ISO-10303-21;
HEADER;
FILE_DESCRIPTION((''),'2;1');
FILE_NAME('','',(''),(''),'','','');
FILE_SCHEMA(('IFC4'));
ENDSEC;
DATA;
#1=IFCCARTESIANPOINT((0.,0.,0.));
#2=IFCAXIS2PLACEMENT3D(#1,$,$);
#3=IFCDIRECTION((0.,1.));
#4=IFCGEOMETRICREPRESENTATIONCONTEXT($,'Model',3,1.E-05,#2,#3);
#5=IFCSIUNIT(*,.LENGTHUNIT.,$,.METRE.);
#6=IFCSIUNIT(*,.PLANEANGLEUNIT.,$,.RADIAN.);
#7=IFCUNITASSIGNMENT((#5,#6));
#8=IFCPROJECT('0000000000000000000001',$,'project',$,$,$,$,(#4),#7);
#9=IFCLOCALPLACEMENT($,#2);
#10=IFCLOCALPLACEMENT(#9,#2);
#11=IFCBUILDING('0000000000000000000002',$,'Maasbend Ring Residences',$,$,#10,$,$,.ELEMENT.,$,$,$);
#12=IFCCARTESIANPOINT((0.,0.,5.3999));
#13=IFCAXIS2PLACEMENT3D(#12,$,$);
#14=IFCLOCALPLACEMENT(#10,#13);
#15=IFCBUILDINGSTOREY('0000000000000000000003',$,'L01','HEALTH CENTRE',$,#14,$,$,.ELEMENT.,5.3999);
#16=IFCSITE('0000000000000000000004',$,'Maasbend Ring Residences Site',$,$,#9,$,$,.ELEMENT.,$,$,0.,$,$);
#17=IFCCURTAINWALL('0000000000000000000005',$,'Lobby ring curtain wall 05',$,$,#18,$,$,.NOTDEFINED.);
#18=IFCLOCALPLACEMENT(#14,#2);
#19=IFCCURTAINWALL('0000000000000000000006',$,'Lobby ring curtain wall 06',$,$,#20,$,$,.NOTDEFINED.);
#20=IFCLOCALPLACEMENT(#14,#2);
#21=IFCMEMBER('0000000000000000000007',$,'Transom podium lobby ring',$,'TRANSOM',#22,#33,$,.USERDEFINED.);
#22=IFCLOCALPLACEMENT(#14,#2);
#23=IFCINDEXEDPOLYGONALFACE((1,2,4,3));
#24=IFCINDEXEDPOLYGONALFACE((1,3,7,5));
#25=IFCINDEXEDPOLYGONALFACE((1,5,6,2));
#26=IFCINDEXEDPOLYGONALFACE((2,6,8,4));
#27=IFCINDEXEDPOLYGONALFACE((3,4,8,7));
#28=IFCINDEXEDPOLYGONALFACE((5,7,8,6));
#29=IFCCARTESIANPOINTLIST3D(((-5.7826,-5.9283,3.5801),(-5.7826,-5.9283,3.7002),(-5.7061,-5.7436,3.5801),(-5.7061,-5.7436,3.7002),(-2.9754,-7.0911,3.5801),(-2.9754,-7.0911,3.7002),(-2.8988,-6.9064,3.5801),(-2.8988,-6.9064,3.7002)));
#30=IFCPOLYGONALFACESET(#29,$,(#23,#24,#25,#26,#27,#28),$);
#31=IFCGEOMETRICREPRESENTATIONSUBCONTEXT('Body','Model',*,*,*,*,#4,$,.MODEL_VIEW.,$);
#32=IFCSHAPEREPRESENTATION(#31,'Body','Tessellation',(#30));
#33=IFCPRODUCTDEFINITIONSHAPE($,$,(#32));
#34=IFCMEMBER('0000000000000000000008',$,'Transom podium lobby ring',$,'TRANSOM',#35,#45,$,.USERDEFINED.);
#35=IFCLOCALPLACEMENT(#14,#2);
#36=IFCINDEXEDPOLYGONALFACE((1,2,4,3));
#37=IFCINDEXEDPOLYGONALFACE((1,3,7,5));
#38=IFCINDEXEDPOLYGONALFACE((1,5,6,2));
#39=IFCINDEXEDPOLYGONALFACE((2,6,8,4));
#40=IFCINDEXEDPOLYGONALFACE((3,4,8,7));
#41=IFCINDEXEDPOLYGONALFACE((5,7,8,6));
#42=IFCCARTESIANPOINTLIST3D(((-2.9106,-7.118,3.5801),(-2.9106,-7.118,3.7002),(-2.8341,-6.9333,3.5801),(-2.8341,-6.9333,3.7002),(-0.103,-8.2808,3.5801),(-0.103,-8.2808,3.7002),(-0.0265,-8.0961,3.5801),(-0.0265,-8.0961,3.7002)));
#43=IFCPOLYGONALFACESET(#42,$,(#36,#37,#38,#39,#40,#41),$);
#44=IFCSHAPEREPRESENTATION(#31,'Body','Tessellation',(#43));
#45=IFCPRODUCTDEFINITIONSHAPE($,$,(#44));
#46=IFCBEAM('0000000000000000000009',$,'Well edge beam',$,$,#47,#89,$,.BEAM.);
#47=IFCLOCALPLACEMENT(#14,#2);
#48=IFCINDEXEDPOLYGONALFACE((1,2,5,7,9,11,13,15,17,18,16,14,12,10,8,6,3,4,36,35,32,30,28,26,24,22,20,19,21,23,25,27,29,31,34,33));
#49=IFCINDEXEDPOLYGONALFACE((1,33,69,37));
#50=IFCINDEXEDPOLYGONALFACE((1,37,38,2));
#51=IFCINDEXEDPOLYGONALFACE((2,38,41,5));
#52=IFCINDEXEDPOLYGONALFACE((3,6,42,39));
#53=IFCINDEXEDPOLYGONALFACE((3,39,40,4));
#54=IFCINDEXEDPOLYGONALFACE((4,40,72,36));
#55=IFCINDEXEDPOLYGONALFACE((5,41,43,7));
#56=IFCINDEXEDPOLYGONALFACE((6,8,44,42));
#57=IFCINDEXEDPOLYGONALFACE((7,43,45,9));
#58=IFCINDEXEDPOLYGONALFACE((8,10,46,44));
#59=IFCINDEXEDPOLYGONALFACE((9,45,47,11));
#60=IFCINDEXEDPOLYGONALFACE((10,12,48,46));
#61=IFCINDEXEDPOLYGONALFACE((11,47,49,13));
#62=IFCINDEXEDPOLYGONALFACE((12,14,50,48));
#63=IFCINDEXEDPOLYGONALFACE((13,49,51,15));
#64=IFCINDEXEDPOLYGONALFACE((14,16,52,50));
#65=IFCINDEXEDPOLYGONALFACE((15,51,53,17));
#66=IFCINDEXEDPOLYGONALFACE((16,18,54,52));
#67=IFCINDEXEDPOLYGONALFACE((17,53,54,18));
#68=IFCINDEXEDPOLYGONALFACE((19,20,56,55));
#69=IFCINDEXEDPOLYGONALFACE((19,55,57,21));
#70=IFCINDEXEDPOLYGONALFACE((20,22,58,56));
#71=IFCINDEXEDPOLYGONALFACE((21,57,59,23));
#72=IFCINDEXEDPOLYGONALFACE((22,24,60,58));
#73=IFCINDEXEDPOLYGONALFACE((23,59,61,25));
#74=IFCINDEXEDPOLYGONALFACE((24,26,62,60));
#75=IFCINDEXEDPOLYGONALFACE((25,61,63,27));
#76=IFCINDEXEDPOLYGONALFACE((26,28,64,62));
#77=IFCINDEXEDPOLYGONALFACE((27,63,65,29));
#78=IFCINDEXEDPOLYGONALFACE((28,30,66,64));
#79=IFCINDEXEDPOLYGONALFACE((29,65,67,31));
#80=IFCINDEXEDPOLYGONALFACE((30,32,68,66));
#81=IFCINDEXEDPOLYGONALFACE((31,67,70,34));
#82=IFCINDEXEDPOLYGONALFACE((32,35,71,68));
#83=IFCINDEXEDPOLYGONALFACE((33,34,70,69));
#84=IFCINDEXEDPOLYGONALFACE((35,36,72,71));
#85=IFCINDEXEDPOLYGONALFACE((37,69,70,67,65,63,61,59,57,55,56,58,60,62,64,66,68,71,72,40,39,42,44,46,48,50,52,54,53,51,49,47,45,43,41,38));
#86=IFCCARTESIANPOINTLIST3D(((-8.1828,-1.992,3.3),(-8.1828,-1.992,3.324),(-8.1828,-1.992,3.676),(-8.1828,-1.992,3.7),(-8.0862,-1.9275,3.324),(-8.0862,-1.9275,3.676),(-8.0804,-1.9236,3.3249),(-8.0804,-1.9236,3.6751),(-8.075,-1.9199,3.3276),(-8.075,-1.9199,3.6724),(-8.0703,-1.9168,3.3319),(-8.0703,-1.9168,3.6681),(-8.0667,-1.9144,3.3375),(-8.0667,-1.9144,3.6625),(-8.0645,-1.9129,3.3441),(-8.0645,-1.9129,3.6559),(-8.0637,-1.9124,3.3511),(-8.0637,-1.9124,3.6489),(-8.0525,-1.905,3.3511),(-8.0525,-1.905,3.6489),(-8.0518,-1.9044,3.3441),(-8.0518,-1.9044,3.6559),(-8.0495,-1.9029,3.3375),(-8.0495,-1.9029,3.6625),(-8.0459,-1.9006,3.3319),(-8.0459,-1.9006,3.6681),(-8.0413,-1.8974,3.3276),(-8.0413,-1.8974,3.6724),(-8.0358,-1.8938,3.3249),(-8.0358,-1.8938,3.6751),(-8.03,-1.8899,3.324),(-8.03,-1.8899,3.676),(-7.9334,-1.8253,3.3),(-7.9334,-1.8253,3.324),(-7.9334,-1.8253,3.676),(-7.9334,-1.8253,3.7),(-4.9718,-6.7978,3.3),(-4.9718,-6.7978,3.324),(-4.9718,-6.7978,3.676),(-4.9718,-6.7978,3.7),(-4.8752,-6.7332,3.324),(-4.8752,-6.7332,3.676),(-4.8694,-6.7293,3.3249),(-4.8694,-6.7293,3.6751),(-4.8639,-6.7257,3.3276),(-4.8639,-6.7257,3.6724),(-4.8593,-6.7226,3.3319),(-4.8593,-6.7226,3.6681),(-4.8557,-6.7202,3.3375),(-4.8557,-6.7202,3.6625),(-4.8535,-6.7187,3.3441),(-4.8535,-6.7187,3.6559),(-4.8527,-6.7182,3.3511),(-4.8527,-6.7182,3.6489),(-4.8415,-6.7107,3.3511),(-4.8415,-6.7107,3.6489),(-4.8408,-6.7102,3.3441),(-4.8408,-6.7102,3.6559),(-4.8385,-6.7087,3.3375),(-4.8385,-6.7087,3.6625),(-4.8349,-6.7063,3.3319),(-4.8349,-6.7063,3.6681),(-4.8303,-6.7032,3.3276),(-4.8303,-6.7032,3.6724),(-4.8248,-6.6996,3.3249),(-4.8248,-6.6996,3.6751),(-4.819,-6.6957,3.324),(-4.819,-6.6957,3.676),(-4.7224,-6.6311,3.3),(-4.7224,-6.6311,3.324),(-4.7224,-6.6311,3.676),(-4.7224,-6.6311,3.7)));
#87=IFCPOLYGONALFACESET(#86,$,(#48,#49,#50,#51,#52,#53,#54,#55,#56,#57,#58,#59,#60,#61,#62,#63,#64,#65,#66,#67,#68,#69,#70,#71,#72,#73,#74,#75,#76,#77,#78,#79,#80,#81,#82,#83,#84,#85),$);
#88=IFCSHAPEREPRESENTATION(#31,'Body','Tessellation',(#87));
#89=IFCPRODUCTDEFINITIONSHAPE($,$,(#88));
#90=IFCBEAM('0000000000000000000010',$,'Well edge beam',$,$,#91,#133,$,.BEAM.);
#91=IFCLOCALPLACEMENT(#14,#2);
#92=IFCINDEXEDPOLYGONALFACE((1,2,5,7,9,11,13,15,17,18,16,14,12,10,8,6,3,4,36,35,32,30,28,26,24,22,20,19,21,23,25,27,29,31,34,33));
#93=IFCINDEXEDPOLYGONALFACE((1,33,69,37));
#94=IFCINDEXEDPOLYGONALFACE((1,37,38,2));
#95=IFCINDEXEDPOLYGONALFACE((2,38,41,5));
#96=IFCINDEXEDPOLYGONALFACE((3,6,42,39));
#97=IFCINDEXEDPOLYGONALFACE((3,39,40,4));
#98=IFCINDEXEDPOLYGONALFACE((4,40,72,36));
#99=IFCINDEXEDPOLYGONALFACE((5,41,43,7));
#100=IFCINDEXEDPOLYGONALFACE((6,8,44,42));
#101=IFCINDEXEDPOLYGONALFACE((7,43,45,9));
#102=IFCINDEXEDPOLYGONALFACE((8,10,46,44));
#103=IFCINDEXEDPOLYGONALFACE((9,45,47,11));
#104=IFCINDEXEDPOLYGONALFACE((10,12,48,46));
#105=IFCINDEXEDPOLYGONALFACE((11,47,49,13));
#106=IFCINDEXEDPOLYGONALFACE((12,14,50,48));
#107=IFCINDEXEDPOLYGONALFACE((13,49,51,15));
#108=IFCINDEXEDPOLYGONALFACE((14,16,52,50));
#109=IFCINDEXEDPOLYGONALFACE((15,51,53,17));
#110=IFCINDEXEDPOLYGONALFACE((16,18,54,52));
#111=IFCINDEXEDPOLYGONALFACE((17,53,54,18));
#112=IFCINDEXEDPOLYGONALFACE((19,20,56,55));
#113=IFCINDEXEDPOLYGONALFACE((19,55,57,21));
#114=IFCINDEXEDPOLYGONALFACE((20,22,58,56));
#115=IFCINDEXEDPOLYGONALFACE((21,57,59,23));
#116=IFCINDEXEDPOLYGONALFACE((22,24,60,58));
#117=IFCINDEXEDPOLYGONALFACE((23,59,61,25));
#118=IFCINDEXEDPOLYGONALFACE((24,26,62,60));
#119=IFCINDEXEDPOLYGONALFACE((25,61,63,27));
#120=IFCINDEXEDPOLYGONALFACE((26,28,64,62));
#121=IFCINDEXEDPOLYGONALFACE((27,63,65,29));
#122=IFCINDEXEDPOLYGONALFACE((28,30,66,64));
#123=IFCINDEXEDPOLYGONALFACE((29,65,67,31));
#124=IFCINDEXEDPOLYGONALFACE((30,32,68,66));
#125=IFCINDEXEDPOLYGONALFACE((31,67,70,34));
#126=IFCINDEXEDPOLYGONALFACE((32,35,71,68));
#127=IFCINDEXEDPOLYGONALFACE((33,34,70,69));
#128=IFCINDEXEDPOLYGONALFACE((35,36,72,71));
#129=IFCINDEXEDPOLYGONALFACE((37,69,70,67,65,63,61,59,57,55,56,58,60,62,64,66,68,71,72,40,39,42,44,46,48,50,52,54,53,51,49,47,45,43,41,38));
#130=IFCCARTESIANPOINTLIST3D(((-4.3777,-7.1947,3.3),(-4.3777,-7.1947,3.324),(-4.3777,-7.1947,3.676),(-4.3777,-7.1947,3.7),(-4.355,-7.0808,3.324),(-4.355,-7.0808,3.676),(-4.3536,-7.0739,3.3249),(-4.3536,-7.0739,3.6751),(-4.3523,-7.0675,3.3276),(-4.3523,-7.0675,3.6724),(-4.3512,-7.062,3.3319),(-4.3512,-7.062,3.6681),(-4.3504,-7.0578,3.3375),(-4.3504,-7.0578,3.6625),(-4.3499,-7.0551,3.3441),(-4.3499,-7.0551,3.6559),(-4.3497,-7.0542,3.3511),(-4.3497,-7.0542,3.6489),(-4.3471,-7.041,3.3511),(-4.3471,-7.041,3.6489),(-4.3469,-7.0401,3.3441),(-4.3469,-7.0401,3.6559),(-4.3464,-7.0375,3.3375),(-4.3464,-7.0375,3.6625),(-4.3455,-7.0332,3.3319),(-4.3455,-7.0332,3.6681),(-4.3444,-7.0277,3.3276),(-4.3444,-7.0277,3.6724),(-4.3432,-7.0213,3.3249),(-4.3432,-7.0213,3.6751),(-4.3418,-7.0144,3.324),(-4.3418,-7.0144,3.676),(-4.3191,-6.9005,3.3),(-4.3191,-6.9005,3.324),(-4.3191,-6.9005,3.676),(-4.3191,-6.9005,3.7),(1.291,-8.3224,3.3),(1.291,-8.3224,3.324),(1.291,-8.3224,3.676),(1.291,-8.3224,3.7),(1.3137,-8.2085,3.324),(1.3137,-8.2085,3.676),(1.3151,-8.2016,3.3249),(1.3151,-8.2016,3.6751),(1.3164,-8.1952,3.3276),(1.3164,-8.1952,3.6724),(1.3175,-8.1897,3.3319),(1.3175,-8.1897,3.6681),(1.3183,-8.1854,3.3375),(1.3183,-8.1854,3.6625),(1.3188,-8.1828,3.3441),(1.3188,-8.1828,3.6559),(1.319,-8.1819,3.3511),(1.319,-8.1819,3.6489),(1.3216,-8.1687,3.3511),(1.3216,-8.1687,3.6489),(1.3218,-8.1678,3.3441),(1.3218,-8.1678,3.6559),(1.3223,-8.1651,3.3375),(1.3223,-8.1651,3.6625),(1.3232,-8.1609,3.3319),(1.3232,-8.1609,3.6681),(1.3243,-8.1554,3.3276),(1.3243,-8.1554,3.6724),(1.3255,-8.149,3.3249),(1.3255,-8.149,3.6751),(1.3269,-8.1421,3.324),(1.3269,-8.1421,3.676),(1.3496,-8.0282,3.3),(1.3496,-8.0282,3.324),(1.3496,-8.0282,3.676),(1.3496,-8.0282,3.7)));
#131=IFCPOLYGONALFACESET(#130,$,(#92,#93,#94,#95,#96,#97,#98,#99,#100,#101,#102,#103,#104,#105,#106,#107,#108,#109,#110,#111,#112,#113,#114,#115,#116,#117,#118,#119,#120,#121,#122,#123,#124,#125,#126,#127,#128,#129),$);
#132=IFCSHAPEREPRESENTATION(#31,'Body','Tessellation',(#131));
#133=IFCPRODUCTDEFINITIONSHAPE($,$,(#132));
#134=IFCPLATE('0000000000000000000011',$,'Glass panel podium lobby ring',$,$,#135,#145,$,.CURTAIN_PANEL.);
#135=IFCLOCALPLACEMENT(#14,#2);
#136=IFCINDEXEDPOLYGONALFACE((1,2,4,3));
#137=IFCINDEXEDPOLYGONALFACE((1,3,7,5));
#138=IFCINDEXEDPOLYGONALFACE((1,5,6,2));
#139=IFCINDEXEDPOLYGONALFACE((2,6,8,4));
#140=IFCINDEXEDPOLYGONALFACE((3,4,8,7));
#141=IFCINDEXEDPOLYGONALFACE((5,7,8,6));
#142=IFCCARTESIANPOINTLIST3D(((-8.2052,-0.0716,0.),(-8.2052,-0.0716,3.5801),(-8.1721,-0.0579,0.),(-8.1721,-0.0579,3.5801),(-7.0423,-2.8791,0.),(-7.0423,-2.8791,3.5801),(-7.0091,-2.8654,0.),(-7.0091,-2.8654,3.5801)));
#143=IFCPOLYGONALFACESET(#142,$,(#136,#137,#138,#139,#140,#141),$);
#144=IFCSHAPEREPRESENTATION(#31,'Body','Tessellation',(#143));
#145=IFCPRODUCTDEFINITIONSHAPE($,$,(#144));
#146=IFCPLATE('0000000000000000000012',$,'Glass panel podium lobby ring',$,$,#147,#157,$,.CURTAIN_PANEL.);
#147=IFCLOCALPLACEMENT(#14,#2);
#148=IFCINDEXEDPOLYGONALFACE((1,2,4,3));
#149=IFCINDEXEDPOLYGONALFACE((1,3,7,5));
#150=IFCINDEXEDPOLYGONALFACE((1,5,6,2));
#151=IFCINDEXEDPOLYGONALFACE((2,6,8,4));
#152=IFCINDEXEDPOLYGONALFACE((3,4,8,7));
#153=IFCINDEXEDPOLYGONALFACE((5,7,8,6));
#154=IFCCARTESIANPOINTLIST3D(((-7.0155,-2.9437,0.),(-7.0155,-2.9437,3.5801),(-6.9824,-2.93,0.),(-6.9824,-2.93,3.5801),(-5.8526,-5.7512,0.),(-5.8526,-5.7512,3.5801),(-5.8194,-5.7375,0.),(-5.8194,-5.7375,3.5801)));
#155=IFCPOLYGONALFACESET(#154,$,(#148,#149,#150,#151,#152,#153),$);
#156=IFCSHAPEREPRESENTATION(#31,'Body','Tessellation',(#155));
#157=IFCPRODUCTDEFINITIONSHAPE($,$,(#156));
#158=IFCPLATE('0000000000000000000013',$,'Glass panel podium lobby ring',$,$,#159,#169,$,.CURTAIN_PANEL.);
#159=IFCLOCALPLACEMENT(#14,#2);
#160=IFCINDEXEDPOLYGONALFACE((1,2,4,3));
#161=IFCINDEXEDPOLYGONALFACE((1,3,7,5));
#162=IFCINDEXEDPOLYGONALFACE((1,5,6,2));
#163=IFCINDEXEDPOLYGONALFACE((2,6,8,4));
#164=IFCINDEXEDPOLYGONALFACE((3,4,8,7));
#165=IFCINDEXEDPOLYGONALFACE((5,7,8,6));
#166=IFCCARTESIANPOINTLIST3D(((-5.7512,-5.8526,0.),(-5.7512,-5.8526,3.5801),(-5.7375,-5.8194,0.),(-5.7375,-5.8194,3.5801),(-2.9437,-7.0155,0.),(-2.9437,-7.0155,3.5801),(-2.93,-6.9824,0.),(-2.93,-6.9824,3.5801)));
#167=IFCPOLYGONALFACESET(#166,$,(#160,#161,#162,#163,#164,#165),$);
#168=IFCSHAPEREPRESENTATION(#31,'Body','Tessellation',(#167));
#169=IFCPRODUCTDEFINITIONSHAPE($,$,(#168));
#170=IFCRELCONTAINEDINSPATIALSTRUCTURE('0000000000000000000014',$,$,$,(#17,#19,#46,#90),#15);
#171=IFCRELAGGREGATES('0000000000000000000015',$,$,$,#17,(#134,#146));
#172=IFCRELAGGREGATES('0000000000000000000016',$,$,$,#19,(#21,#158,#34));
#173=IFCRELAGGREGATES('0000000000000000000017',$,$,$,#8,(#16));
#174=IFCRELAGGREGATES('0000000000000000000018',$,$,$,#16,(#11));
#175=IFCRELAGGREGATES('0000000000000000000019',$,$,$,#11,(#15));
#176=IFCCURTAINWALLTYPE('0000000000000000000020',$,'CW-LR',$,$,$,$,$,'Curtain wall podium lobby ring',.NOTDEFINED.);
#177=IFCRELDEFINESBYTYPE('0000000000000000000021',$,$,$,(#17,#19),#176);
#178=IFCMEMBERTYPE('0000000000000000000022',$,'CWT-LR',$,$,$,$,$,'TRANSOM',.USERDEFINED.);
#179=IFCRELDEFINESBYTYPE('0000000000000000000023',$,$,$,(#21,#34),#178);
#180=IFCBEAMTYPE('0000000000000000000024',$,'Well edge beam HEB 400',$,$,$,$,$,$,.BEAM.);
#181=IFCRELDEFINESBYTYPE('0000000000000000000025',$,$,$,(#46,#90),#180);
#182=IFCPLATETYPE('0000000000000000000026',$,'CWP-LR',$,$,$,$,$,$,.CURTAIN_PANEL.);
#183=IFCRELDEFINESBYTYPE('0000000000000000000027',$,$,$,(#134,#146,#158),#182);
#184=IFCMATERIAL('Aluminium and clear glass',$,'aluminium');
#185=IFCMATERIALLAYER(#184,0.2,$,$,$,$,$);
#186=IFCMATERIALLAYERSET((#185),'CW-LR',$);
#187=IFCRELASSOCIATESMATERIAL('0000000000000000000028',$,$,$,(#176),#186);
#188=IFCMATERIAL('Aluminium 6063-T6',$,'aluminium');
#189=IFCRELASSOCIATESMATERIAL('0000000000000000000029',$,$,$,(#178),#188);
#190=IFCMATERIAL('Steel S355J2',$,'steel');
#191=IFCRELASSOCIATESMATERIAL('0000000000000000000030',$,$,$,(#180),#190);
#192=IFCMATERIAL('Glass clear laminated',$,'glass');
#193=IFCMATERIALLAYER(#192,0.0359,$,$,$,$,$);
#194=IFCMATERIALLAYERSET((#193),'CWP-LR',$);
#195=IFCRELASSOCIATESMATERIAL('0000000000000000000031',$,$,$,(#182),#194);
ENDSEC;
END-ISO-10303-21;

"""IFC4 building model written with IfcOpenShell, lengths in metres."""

from ifc_helpers import new_model, si_unit, direction, frame, origin, origin_2d, place, context, subcontext, project, spatial, rectangle, i_section, extrude, material, layer, layer_set, material_profile, profile_set, type_object, element, aggregate, save


model = new_model("IFC4")

# Units and contexts
model_context = context("Model", 3, precision=1e-05, world=origin(), true_north=direction((0.0, 1.0)))
body_context = subcontext(model_context, "Body", "Model", "MODEL_VIEW")
ifc_project = project(units=[si_unit("LENGTHUNIT", "METRE"), si_unit("PLANEANGLEUNIT", "RADIAN")], contexts=[model_context])

# Site, building, storey
site_placement = place(None, origin())
site = spatial("IfcSite", under=ifc_project, at=site_placement, Name="Maasbend Ring Residences Site", CompositionType="ELEMENT", RefElevation=0.0)
building_placement = place(site_placement, origin())
building = spatial("IfcBuilding", under=site, at=building_placement, Name="Maasbend Ring Residences", CompositionType="ELEMENT")
storey_placement = place(building_placement, frame((0.0, 0.0, 5.3999)))
storey = spatial("IfcBuildingStorey", under=building, at=storey_placement, Name="L01", Description="HEALTH CENTRE", CompositionType="ELEMENT", Elevation=5.3999)

# Curtain walls
ifc_material_1 = material(Name="Aluminium and clear glass", Category="aluminium")
ifc_layer_1 = layer(ifc_material_1, 0.2)
ifc_layer_set_1 = layer_set([ifc_layer_1], Name="CW-LR")
curtain_wall_type = type_object("IfcCurtainWallType", Name="CW-LR", ElementType="Curtain wall podium lobby ring", PredefinedType="NOTDEFINED", material=ifc_layer_set_1)
curtain_wall_1_placement = place(storey_placement, origin())
curtain_wall_1 = element("IfcCurtainWall", 1, at=curtain_wall_1_placement, inside=storey, type_object=curtain_wall_type, Name="Lobby ring curtain wall 05", PredefinedType="NOTDEFINED")
curtain_wall_2_placement = place(storey_placement, origin())
curtain_wall_2 = element("IfcCurtainWall", 2, at=curtain_wall_2_placement, inside=storey, type_object=curtain_wall_type, Name="Lobby ring curtain wall 06", PredefinedType="NOTDEFINED")

# Members
ifc_material_2 = material(Name="Aluminium 6063-T6", Category="aluminium")
ifc_material_profile_1 = material_profile(ifc_material_2, rectangle(XDim=0.2, YDim=0.1201, at=origin_2d()), Name="AL 200x120")
ifc_profile_set_1 = profile_set([ifc_material_profile_1], Name="Aluminium 6063-T6")
member_type_1 = type_object("IfcMemberType", Name="CWT-LR", ElementType="TRANSOM", PredefinedType="USERDEFINED", material=ifc_profile_set_1)
member_1_placement = place(storey_placement, frame((-5.7444, -5.8359, 3.6401), z_axis=(0.923881, -0.382681, 0.0), x_axis=(0.382681, 0.923881, 0.0)))
member_1 = element("IfcMember", 3, at=member_1_placement, type_object=member_type_1, Name="Transom podium lobby ring", ObjectType="TRANSOM", PredefinedType="USERDEFINED", context=body_context, shape_type="SweptSolid", body=[
    extrude(rectangle(XDim=0.2, YDim=0.1201, at=origin_2d()), origin(), (0.0, 0.0, 1.0), 3.0386),
])
member_2_placement = place(storey_placement, frame((-2.8723, -7.0256, 3.6401), z_axis=(0.923892, -0.382652, 0.0), x_axis=(0.382652, 0.923892, 0.0)))
member_2 = element("IfcMember", 4, at=member_2_placement, type_object=member_type_1, Name="Transom podium lobby ring", ObjectType="TRANSOM", PredefinedType="USERDEFINED", context=body_context, shape_type="SweptSolid", body=[
    extrude(rectangle(XDim=0.2, YDim=0.1201, at=origin_2d()), origin(), (0.0, 0.0, 1.0), 3.0388),
])

# Beams
ifc_material_3 = material(Name="Steel S355J2", Category="steel")
ifc_material_profile_2 = material_profile(ifc_material_3, i_section(OverallWidth=0.3, OverallDepth=0.3999, WebThickness=0.0134, FlangeThickness=0.0239, FilletRadius=0.0271, at=origin_2d()), Name="HEB 400")
ifc_profile_set_2 = profile_set([ifc_material_profile_2], Name="Steel S355J2")
beam_type = type_object("IfcBeamType", Name="Well edge beam HEB 400", PredefinedType="BEAM", material=ifc_profile_set_2)
for number, where, z_axis, x_axis, name in (
    (5, (-8.0581, -1.9087, 3.5), (0.555558, -0.831478, 0.0), (0.831478, 0.555558, 0.0), "Well edge beam"),
    (6, (-4.3484, -7.0476, 3.5), (0.980782, -0.195109, 0.0), (0.195109, 0.980782, 0.0), "Well edge beam"),
):
    element("IfcBeam", number, at=place(storey_placement, frame(where, z_axis=z_axis, x_axis=x_axis)), inside=storey, type_object=beam_type, Name=name, PredefinedType="BEAM", context=body_context, shape_type="SweptSolid", body=[
        extrude(i_section(OverallWidth=0.3, OverallDepth=0.3999, WebThickness=0.0134, FlangeThickness=0.0239, FilletRadius=0.0271, at=origin_2d()), origin(), (0.0, 0.0, 1.0), 5.7798),
    ])

# Plates
ifc_material_4 = material(Name="Glass clear laminated", Category="glass")
ifc_layer_2 = layer(ifc_material_4, 0.0359)
ifc_layer_set_2 = layer_set([ifc_layer_2], Name="CWP-LR")
plate_type = type_object("IfcPlateType", Name="CWP-LR", PredefinedType="CURTAIN_PANEL", material=ifc_layer_set_2)
plate_1_placement = place(storey_placement, frame((-7.6072, -1.4685, 0.0), z_axis=(0.0, 0.0, 1.0), x_axis=(0.382683, -0.92388, 0.0)))
plate_1 = element("IfcPlate", 7, at=plate_1_placement, type_object=plate_type, Name="Glass panel podium lobby ring", PredefinedType="CURTAIN_PANEL", context=body_context, shape_type="SweptSolid", body=[
    extrude(rectangle(XDim=3.0388, YDim=0.0359, at=origin_2d()), origin(), (0.0, 0.0, 1.0), 3.5801),
])
plate_2_placement = place(storey_placement, frame((-6.4175, -4.3406, 0.0), z_axis=(0.0, 0.0, 1.0), x_axis=(0.382683, -0.92388, 0.0)))
plate_2 = element("IfcPlate", 8, at=plate_2_placement, type_object=plate_type, Name="Glass panel podium lobby ring", PredefinedType="CURTAIN_PANEL", context=body_context, shape_type="SweptSolid", body=[
    extrude(rectangle(XDim=3.0388, YDim=0.0359, at=origin_2d()), origin(), (0.0, 0.0, 1.0), 3.5801),
])
aggregate(curtain_wall_1, [plate_1, plate_2])
plate_3_placement = place(storey_placement, frame((-4.3406, -6.4175, 0.0), z_axis=(0.0, 0.0, 1.0), x_axis=(0.92388, -0.382683, 0.0)))
plate_3 = element("IfcPlate", 9, at=plate_3_placement, type_object=plate_type, Name="Glass panel podium lobby ring", PredefinedType="CURTAIN_PANEL", context=body_context, shape_type="SweptSolid", body=[
    extrude(rectangle(XDim=3.0388, YDim=0.0359, at=origin_2d()), origin(), (0.0, 0.0, 1.0), 3.5801),
])
aggregate(curtain_wall_2, [member_1, plate_3, member_2])

save(model, "model.ifc")
